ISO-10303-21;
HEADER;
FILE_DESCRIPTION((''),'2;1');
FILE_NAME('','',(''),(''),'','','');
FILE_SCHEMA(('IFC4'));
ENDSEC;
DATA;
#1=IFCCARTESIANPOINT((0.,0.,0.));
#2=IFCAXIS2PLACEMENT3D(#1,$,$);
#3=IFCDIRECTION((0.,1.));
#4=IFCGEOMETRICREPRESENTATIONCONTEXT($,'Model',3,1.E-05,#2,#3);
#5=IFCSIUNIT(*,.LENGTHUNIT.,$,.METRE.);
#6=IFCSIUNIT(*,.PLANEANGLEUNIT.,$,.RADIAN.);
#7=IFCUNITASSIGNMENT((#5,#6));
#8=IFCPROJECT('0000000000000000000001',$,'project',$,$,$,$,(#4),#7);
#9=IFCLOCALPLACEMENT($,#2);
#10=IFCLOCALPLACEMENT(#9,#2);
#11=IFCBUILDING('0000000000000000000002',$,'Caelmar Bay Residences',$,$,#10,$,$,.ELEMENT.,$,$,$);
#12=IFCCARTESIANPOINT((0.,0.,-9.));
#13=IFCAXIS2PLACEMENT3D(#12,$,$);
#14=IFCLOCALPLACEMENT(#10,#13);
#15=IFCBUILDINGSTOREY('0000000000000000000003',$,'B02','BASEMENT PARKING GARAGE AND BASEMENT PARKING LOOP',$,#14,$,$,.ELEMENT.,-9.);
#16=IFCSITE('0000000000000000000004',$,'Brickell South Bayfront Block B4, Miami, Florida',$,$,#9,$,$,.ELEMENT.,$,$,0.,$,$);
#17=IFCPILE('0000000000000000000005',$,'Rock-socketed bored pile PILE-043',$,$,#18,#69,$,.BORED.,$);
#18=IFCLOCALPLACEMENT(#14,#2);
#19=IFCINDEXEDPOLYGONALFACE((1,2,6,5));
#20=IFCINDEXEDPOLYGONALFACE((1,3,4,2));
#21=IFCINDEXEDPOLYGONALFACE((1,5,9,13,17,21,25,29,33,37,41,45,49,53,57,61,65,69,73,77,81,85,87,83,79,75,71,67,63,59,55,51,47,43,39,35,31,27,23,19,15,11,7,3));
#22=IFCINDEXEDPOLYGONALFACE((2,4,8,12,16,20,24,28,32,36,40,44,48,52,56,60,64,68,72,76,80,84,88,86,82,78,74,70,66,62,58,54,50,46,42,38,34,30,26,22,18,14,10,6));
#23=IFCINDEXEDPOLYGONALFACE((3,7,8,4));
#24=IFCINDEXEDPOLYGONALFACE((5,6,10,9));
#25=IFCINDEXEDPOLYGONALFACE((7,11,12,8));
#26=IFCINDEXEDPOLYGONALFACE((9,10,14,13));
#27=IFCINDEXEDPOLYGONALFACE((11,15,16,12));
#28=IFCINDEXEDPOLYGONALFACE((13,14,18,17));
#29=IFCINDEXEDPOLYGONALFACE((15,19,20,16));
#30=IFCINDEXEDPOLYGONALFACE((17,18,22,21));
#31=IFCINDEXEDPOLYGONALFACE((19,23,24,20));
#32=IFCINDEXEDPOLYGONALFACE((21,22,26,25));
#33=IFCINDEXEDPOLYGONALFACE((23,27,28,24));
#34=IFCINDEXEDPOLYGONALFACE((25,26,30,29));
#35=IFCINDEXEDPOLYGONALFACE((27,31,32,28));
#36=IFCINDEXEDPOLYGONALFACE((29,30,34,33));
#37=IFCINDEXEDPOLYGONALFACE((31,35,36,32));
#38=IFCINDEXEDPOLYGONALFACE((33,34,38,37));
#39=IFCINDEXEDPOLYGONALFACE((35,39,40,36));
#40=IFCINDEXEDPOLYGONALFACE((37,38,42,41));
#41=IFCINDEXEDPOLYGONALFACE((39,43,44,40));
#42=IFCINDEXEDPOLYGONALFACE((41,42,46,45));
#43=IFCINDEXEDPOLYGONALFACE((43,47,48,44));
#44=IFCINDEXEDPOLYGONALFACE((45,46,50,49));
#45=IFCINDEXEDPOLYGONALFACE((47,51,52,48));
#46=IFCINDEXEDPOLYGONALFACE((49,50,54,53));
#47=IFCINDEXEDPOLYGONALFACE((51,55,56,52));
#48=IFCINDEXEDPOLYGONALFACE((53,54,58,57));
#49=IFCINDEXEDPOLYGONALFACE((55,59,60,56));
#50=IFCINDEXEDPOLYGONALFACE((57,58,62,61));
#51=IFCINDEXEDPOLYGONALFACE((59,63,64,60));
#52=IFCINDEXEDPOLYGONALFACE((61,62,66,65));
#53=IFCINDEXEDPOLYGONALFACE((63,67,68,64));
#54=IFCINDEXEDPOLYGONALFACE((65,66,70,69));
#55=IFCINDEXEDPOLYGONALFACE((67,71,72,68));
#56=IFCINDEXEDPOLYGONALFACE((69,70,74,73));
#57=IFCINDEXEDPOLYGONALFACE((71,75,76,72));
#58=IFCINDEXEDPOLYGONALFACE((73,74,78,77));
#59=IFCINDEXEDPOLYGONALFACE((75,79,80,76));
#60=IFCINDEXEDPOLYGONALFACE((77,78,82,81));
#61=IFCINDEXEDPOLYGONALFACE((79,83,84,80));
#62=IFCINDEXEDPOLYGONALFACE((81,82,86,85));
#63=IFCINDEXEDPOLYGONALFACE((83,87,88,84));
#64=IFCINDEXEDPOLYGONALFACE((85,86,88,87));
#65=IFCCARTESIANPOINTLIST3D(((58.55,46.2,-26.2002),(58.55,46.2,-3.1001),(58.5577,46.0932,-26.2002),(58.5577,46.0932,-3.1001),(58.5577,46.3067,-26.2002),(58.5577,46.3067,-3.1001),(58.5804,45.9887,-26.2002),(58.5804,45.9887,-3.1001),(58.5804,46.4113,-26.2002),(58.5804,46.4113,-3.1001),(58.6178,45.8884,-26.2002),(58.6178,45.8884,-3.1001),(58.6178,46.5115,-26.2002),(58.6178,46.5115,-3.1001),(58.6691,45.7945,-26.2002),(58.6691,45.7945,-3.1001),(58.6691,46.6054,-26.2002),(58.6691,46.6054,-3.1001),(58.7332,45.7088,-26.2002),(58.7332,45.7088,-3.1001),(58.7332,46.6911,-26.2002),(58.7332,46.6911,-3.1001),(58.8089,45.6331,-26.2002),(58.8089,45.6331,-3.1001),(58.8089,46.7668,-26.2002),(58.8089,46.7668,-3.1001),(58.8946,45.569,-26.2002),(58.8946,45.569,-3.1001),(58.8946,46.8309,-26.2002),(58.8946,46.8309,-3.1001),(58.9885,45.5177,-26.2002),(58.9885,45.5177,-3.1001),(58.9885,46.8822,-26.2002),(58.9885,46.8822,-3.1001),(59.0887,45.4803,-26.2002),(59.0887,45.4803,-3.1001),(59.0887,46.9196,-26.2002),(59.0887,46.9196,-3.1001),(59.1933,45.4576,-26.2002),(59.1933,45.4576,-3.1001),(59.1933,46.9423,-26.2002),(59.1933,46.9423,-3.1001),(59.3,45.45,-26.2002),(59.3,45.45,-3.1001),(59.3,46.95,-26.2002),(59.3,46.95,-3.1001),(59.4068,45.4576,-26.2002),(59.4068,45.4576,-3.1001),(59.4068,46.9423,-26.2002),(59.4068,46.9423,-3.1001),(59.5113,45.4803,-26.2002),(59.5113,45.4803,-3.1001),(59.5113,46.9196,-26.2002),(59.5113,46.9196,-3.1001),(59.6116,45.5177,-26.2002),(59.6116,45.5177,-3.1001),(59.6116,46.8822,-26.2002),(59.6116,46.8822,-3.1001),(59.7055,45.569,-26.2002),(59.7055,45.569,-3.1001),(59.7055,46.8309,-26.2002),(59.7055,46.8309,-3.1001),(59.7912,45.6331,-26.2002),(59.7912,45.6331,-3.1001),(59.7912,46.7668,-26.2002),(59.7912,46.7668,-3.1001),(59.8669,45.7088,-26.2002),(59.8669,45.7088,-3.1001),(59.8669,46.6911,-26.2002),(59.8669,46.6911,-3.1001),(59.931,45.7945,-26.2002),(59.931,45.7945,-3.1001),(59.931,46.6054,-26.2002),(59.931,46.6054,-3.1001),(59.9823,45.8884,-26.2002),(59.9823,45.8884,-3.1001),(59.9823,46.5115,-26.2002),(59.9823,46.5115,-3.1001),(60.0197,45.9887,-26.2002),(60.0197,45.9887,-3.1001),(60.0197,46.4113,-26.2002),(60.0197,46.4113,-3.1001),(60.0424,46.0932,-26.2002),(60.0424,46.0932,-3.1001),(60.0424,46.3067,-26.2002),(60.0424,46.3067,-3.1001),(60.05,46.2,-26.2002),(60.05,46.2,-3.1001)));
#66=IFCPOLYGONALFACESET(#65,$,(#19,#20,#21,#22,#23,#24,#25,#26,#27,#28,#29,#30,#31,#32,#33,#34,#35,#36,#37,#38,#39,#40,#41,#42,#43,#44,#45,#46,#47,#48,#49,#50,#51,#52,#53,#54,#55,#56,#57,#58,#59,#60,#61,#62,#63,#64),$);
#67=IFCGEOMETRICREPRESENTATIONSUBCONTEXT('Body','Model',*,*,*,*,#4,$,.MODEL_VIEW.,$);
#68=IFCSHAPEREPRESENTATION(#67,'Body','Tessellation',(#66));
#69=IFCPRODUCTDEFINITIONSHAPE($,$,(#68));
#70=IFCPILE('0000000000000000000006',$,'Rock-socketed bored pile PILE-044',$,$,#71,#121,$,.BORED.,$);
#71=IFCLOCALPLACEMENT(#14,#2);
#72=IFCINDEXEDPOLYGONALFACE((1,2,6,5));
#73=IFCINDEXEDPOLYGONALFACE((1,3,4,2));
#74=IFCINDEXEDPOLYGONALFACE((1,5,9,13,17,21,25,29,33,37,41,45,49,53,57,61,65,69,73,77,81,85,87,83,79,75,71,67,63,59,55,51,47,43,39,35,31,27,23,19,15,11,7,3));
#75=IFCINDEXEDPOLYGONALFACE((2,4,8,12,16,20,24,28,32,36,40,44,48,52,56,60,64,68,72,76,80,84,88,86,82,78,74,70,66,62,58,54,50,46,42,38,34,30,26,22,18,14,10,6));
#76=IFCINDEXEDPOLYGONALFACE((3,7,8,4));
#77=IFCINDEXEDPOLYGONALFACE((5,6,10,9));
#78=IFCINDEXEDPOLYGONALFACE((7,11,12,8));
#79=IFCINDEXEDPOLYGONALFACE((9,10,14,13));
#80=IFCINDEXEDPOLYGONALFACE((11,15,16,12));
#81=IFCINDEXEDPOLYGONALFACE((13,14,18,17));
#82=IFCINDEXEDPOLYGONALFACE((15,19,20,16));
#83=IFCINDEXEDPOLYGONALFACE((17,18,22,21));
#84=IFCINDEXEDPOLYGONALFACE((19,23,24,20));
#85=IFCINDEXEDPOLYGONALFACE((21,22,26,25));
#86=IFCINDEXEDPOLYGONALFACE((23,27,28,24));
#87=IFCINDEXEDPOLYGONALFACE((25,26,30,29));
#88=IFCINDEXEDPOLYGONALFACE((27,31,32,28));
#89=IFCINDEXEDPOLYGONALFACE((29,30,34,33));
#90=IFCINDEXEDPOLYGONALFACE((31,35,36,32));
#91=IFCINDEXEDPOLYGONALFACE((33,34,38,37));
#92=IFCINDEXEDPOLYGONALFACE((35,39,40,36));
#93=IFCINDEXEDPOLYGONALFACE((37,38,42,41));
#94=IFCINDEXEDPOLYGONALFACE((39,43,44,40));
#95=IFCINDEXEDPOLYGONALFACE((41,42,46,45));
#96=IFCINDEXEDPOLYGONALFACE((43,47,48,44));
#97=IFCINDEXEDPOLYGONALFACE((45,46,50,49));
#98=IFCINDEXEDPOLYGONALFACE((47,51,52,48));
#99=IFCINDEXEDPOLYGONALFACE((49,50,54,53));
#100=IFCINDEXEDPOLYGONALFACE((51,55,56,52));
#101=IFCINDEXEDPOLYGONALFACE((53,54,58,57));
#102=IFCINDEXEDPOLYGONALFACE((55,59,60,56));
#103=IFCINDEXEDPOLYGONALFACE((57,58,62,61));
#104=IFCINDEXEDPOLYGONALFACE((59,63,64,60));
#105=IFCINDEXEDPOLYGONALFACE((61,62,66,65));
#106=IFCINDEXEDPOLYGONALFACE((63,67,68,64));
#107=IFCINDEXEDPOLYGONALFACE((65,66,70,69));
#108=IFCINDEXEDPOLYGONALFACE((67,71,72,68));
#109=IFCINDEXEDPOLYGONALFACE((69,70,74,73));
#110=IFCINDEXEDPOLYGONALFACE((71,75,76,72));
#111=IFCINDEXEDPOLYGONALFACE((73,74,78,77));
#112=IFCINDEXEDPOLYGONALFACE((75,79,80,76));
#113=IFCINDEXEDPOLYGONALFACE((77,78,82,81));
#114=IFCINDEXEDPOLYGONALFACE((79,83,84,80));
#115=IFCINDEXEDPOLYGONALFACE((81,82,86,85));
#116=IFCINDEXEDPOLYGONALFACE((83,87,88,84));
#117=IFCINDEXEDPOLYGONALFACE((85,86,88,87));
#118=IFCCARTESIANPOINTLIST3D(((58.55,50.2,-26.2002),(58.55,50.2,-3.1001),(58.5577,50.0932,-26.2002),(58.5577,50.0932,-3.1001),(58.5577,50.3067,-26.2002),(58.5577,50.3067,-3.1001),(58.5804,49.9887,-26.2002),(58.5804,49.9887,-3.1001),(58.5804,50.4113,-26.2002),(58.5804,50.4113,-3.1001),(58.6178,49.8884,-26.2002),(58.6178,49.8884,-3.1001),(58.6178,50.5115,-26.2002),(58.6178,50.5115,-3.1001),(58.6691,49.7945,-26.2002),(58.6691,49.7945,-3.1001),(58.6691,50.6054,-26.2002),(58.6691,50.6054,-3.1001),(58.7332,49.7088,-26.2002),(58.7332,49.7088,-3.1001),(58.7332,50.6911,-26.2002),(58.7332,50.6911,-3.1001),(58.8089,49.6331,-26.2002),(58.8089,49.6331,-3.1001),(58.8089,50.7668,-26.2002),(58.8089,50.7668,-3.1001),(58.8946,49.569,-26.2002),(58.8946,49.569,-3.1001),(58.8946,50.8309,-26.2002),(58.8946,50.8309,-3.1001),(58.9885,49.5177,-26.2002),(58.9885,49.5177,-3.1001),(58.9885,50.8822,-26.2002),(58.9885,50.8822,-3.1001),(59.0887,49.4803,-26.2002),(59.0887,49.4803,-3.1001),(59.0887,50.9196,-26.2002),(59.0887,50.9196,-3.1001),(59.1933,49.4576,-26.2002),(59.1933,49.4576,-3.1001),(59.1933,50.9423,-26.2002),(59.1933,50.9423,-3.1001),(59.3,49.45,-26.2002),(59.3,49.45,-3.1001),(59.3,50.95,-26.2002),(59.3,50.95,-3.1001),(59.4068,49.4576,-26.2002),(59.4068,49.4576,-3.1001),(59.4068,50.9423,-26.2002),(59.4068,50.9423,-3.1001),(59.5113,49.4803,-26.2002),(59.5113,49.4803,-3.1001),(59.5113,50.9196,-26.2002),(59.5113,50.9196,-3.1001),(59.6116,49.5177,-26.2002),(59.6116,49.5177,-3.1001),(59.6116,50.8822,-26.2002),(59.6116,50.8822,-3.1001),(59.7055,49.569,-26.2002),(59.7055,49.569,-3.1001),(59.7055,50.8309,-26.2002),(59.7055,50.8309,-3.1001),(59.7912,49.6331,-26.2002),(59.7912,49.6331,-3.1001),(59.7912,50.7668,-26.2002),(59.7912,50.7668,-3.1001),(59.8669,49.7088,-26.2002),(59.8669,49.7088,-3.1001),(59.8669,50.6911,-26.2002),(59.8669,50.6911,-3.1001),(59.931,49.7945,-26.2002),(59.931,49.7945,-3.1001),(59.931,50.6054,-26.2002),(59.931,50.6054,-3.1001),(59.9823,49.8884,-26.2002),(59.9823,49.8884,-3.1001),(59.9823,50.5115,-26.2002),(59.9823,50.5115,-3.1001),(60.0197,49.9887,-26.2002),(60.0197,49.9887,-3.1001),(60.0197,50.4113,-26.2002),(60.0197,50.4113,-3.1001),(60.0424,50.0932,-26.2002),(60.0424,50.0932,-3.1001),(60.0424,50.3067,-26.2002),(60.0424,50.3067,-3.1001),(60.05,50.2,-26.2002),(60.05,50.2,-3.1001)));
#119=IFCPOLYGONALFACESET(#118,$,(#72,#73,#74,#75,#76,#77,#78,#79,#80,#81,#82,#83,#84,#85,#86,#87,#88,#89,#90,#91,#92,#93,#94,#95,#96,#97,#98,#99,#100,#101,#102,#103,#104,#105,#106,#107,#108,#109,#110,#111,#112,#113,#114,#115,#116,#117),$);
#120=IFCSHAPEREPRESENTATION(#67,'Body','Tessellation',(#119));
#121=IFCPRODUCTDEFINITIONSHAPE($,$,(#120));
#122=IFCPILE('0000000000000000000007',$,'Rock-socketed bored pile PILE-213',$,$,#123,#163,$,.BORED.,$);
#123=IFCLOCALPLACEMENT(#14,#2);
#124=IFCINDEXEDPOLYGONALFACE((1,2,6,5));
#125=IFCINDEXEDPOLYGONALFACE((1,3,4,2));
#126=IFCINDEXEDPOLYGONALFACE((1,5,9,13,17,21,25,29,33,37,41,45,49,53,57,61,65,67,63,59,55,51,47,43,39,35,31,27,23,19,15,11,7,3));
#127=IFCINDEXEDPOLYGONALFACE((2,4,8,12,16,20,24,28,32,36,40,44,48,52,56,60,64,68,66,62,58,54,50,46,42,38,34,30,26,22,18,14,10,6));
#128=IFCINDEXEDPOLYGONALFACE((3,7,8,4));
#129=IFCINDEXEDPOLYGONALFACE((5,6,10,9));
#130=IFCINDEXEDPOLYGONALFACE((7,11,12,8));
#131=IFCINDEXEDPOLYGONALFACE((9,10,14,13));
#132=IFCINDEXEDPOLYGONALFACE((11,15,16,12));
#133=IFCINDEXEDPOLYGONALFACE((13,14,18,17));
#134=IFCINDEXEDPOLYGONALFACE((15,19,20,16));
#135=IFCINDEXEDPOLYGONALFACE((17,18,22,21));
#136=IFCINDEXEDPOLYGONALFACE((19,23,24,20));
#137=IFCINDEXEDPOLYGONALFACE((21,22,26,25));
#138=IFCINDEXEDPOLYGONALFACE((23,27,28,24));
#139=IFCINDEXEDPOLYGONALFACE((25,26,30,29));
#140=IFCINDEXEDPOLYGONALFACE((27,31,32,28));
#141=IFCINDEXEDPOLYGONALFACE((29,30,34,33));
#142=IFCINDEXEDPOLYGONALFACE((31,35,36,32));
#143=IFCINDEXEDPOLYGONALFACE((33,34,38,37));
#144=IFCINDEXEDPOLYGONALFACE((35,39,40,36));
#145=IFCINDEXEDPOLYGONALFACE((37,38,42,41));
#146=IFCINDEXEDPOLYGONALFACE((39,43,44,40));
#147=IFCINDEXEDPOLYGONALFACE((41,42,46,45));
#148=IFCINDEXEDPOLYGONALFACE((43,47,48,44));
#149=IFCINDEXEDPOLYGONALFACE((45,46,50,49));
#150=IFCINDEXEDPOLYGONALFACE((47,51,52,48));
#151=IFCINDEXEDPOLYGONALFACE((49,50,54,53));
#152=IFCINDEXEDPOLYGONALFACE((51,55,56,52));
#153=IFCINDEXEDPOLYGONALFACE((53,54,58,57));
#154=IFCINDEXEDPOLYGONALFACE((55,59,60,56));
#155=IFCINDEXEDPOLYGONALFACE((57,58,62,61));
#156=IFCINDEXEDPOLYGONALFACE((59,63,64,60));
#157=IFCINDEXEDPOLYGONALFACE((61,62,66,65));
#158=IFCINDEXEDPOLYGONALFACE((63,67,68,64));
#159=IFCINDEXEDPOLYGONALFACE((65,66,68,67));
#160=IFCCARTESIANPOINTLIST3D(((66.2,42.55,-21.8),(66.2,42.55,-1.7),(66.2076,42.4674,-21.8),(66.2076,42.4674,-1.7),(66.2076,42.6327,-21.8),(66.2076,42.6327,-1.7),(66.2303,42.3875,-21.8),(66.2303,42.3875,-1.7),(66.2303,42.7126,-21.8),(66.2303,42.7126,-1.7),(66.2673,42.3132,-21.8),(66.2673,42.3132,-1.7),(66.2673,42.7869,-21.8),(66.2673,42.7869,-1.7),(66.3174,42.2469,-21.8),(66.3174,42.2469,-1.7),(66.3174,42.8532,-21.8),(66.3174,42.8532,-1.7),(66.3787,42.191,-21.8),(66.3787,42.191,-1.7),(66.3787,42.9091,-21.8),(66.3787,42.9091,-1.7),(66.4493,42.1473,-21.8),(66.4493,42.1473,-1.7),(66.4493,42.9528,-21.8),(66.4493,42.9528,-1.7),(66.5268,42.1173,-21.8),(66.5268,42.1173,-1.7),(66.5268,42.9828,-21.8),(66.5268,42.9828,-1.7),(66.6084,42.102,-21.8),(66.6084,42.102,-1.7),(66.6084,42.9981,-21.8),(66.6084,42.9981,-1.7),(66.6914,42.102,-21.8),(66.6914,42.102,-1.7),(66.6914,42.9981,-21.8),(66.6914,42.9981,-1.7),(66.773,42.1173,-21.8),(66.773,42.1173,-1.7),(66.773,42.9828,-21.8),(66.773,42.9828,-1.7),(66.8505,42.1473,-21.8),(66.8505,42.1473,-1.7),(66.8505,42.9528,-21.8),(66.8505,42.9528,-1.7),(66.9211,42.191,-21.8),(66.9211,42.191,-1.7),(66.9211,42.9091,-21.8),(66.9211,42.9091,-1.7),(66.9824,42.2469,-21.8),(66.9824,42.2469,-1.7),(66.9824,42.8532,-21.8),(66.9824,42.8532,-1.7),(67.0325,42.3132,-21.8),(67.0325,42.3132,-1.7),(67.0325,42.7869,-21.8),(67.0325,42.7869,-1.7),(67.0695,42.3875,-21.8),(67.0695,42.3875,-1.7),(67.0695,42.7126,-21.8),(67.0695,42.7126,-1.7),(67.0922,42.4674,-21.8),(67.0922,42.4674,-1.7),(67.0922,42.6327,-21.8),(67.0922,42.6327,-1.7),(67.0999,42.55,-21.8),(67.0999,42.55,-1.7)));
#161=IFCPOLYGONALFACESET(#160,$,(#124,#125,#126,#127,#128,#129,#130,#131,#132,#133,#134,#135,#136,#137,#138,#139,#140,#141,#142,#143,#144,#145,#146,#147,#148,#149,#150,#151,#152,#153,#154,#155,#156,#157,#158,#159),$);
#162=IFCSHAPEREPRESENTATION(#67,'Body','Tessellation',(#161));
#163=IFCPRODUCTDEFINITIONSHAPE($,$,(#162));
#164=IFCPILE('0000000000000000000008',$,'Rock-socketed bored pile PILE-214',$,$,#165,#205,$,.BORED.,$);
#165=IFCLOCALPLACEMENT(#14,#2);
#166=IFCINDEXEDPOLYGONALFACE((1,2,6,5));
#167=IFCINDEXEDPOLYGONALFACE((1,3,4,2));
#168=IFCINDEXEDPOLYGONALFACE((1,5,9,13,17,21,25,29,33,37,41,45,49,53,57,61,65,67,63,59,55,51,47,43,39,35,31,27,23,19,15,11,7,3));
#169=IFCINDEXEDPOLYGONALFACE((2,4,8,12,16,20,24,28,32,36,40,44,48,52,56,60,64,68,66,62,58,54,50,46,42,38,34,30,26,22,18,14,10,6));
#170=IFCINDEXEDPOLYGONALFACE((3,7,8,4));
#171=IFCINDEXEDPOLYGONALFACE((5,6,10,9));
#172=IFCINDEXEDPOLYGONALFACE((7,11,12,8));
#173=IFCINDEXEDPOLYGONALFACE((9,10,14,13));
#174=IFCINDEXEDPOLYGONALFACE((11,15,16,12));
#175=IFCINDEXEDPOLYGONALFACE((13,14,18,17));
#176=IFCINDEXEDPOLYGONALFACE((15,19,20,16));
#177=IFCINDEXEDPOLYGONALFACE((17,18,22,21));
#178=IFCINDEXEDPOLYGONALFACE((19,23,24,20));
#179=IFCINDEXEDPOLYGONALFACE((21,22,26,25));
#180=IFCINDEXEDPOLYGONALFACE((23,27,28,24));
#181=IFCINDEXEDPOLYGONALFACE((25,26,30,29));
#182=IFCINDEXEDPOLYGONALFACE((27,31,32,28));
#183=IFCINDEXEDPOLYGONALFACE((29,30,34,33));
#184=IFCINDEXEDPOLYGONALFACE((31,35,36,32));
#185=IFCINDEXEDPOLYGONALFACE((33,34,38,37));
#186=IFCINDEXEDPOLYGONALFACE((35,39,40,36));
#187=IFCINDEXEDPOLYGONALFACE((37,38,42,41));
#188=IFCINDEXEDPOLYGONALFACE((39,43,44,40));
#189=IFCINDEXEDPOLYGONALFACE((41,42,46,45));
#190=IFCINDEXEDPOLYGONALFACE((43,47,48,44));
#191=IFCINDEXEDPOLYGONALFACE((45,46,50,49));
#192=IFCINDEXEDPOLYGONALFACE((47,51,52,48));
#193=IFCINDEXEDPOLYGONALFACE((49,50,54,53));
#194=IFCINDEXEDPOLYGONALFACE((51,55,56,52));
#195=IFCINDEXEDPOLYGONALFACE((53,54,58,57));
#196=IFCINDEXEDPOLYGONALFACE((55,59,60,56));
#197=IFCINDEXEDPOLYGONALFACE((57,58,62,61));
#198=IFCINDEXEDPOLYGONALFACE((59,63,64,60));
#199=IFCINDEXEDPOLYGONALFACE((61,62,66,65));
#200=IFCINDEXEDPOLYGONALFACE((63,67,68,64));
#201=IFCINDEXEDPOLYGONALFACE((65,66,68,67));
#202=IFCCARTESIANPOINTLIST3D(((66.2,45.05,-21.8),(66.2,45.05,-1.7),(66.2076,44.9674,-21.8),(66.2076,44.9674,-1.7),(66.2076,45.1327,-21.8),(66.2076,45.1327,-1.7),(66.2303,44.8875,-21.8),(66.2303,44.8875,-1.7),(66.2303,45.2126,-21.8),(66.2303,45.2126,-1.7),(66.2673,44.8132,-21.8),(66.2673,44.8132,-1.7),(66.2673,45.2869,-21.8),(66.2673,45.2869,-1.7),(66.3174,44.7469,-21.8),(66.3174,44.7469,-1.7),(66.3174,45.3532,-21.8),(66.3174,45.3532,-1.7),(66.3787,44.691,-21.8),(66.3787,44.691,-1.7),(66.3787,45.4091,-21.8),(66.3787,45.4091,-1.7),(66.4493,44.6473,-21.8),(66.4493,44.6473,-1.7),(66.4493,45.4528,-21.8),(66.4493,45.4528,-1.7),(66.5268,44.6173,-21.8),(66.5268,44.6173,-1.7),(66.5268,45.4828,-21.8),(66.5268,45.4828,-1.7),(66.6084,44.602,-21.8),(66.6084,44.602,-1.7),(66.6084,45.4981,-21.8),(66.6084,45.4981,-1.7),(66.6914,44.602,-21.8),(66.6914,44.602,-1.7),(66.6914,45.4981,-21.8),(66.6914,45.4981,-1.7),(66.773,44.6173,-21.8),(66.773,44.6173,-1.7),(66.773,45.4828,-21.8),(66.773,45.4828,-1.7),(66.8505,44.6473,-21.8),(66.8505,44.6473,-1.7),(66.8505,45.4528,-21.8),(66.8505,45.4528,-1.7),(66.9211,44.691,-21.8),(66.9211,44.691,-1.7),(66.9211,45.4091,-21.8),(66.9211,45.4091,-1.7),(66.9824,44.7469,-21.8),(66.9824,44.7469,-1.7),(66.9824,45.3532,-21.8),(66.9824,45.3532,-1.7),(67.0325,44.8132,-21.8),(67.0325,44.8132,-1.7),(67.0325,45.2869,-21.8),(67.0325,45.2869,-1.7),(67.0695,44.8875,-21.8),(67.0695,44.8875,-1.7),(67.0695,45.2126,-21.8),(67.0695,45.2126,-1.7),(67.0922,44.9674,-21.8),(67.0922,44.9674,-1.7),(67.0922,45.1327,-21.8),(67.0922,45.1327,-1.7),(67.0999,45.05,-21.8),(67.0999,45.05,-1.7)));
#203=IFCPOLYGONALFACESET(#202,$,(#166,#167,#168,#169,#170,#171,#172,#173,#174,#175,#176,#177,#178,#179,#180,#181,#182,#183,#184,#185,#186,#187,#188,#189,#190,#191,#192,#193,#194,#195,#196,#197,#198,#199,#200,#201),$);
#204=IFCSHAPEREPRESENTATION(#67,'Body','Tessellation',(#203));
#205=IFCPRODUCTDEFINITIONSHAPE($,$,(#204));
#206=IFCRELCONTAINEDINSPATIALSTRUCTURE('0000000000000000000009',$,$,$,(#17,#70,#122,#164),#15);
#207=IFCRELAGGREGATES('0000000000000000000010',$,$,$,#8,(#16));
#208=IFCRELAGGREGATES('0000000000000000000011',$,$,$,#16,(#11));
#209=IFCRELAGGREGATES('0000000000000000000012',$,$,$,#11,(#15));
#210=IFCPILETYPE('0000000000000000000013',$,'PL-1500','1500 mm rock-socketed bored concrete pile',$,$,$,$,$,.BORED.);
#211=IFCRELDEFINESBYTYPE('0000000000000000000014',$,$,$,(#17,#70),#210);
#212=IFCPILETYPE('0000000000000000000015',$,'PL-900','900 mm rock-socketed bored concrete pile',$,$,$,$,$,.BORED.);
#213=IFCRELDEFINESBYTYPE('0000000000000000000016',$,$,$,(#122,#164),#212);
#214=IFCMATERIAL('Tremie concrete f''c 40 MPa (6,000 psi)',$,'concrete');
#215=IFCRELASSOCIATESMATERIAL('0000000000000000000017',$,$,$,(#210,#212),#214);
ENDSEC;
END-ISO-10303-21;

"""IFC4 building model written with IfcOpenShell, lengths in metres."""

from ifc_helpers import new_model, si_unit, direction, frame, origin, origin_2d, place, context, subcontext, project, spatial, circle, extrude, material, material_profile, profile_set, type_object, element, save


model = new_model("IFC4")

# Units and contexts
model_context = context("Model", 3, precision=1e-05, world=origin(), true_north=direction((0.0, 1.0)))
body_context = subcontext(model_context, "Body", "Model", "MODEL_VIEW")
ifc_project = project(units=[si_unit("LENGTHUNIT", "METRE"), si_unit("PLANEANGLEUNIT", "RADIAN")], contexts=[model_context])

# Site, building, storey
site_placement = place(None, origin())
site = spatial("IfcSite", under=ifc_project, at=site_placement, Name="Brickell South Bayfront Block B4, Miami, Florida", CompositionType="ELEMENT", RefElevation=0.0)
building_placement = place(site_placement, origin())
building = spatial("IfcBuilding", under=site, at=building_placement, Name="Caelmar Bay Residences", CompositionType="ELEMENT")
storey_placement = place(building_placement, frame((0.0, 0.0, -9.0)))
storey = spatial("IfcBuildingStorey", under=building, at=storey_placement, Name="B02", Description="BASEMENT PARKING GARAGE AND BASEMENT PARKING LOOP", CompositionType="ELEMENT", Elevation=-9.0)

# Piles
ifc_material_1 = material(Name="Tremie concrete f'c 40 MPa (6,000 psi)", Category="concrete")
ifc_material_profile_1 = material_profile(ifc_material_1, circle(Radius=0.75, at=origin_2d()), Name="PILE-1500D")
ifc_profile_set_1 = profile_set([ifc_material_profile_1], Name="Tremie concrete f'c 40 MPa (6,000 psi)")
pile_type_1 = type_object("IfcPileType", Name="PL-1500", Description="1500 mm rock-socketed bored concrete pile", PredefinedType="BORED", material=ifc_profile_set_1)
for number, where, z_axis, x_axis, name in (
    (1, (59.3, 46.2, -3.1001), (0.0, 0.0, -1.0), (1.0, 0.0, 0.0), "Rock-socketed bored pile PILE-043"),
    (2, (59.3, 50.2, -3.1001), (0.0, 0.0, -1.0), (1.0, 0.0, 0.0), "Rock-socketed bored pile PILE-044"),
):
    element("IfcPile", number, at=place(storey_placement, frame(where, z_axis=z_axis, x_axis=x_axis)), inside=storey, type_object=pile_type_1, Name=name, PredefinedType="BORED", context=body_context, shape_type="SweptSolid", body=[
        extrude(circle(Radius=0.75, at=origin_2d()), origin(), (0.0, 0.0, 1.0), 23.1001),
    ])
ifc_material_profile_2 = material_profile(ifc_material_1, circle(Radius=0.45, at=origin_2d()), Name="PILE-900D")
ifc_profile_set_2 = profile_set([ifc_material_profile_2], Name="Tremie concrete f'c 40 MPa (6,000 psi)")
pile_type_2 = type_object("IfcPileType", Name="PL-900", Description="900 mm rock-socketed bored concrete pile", PredefinedType="BORED", material=ifc_profile_set_2)
for number, where, z_axis, x_axis, name in (
    (3, (66.6499, 42.55, -1.7), (0.0, 0.0, -1.0), (1.0, 0.0, 0.0), "Rock-socketed bored pile PILE-213"),
    (4, (66.6499, 45.05, -1.7), (0.0, 0.0, -1.0), (1.0, 0.0, 0.0), "Rock-socketed bored pile PILE-214"),
):
    element("IfcPile", number, at=place(storey_placement, frame(where, z_axis=z_axis, x_axis=x_axis)), inside=storey, type_object=pile_type_2, Name=name, PredefinedType="BORED", context=body_context, shape_type="SweptSolid", body=[
        extrude(circle(Radius=0.45, at=origin_2d()), origin(), (0.0, 0.0, 1.0), 20.1001),
    ])

save(model, "model.ifc")
